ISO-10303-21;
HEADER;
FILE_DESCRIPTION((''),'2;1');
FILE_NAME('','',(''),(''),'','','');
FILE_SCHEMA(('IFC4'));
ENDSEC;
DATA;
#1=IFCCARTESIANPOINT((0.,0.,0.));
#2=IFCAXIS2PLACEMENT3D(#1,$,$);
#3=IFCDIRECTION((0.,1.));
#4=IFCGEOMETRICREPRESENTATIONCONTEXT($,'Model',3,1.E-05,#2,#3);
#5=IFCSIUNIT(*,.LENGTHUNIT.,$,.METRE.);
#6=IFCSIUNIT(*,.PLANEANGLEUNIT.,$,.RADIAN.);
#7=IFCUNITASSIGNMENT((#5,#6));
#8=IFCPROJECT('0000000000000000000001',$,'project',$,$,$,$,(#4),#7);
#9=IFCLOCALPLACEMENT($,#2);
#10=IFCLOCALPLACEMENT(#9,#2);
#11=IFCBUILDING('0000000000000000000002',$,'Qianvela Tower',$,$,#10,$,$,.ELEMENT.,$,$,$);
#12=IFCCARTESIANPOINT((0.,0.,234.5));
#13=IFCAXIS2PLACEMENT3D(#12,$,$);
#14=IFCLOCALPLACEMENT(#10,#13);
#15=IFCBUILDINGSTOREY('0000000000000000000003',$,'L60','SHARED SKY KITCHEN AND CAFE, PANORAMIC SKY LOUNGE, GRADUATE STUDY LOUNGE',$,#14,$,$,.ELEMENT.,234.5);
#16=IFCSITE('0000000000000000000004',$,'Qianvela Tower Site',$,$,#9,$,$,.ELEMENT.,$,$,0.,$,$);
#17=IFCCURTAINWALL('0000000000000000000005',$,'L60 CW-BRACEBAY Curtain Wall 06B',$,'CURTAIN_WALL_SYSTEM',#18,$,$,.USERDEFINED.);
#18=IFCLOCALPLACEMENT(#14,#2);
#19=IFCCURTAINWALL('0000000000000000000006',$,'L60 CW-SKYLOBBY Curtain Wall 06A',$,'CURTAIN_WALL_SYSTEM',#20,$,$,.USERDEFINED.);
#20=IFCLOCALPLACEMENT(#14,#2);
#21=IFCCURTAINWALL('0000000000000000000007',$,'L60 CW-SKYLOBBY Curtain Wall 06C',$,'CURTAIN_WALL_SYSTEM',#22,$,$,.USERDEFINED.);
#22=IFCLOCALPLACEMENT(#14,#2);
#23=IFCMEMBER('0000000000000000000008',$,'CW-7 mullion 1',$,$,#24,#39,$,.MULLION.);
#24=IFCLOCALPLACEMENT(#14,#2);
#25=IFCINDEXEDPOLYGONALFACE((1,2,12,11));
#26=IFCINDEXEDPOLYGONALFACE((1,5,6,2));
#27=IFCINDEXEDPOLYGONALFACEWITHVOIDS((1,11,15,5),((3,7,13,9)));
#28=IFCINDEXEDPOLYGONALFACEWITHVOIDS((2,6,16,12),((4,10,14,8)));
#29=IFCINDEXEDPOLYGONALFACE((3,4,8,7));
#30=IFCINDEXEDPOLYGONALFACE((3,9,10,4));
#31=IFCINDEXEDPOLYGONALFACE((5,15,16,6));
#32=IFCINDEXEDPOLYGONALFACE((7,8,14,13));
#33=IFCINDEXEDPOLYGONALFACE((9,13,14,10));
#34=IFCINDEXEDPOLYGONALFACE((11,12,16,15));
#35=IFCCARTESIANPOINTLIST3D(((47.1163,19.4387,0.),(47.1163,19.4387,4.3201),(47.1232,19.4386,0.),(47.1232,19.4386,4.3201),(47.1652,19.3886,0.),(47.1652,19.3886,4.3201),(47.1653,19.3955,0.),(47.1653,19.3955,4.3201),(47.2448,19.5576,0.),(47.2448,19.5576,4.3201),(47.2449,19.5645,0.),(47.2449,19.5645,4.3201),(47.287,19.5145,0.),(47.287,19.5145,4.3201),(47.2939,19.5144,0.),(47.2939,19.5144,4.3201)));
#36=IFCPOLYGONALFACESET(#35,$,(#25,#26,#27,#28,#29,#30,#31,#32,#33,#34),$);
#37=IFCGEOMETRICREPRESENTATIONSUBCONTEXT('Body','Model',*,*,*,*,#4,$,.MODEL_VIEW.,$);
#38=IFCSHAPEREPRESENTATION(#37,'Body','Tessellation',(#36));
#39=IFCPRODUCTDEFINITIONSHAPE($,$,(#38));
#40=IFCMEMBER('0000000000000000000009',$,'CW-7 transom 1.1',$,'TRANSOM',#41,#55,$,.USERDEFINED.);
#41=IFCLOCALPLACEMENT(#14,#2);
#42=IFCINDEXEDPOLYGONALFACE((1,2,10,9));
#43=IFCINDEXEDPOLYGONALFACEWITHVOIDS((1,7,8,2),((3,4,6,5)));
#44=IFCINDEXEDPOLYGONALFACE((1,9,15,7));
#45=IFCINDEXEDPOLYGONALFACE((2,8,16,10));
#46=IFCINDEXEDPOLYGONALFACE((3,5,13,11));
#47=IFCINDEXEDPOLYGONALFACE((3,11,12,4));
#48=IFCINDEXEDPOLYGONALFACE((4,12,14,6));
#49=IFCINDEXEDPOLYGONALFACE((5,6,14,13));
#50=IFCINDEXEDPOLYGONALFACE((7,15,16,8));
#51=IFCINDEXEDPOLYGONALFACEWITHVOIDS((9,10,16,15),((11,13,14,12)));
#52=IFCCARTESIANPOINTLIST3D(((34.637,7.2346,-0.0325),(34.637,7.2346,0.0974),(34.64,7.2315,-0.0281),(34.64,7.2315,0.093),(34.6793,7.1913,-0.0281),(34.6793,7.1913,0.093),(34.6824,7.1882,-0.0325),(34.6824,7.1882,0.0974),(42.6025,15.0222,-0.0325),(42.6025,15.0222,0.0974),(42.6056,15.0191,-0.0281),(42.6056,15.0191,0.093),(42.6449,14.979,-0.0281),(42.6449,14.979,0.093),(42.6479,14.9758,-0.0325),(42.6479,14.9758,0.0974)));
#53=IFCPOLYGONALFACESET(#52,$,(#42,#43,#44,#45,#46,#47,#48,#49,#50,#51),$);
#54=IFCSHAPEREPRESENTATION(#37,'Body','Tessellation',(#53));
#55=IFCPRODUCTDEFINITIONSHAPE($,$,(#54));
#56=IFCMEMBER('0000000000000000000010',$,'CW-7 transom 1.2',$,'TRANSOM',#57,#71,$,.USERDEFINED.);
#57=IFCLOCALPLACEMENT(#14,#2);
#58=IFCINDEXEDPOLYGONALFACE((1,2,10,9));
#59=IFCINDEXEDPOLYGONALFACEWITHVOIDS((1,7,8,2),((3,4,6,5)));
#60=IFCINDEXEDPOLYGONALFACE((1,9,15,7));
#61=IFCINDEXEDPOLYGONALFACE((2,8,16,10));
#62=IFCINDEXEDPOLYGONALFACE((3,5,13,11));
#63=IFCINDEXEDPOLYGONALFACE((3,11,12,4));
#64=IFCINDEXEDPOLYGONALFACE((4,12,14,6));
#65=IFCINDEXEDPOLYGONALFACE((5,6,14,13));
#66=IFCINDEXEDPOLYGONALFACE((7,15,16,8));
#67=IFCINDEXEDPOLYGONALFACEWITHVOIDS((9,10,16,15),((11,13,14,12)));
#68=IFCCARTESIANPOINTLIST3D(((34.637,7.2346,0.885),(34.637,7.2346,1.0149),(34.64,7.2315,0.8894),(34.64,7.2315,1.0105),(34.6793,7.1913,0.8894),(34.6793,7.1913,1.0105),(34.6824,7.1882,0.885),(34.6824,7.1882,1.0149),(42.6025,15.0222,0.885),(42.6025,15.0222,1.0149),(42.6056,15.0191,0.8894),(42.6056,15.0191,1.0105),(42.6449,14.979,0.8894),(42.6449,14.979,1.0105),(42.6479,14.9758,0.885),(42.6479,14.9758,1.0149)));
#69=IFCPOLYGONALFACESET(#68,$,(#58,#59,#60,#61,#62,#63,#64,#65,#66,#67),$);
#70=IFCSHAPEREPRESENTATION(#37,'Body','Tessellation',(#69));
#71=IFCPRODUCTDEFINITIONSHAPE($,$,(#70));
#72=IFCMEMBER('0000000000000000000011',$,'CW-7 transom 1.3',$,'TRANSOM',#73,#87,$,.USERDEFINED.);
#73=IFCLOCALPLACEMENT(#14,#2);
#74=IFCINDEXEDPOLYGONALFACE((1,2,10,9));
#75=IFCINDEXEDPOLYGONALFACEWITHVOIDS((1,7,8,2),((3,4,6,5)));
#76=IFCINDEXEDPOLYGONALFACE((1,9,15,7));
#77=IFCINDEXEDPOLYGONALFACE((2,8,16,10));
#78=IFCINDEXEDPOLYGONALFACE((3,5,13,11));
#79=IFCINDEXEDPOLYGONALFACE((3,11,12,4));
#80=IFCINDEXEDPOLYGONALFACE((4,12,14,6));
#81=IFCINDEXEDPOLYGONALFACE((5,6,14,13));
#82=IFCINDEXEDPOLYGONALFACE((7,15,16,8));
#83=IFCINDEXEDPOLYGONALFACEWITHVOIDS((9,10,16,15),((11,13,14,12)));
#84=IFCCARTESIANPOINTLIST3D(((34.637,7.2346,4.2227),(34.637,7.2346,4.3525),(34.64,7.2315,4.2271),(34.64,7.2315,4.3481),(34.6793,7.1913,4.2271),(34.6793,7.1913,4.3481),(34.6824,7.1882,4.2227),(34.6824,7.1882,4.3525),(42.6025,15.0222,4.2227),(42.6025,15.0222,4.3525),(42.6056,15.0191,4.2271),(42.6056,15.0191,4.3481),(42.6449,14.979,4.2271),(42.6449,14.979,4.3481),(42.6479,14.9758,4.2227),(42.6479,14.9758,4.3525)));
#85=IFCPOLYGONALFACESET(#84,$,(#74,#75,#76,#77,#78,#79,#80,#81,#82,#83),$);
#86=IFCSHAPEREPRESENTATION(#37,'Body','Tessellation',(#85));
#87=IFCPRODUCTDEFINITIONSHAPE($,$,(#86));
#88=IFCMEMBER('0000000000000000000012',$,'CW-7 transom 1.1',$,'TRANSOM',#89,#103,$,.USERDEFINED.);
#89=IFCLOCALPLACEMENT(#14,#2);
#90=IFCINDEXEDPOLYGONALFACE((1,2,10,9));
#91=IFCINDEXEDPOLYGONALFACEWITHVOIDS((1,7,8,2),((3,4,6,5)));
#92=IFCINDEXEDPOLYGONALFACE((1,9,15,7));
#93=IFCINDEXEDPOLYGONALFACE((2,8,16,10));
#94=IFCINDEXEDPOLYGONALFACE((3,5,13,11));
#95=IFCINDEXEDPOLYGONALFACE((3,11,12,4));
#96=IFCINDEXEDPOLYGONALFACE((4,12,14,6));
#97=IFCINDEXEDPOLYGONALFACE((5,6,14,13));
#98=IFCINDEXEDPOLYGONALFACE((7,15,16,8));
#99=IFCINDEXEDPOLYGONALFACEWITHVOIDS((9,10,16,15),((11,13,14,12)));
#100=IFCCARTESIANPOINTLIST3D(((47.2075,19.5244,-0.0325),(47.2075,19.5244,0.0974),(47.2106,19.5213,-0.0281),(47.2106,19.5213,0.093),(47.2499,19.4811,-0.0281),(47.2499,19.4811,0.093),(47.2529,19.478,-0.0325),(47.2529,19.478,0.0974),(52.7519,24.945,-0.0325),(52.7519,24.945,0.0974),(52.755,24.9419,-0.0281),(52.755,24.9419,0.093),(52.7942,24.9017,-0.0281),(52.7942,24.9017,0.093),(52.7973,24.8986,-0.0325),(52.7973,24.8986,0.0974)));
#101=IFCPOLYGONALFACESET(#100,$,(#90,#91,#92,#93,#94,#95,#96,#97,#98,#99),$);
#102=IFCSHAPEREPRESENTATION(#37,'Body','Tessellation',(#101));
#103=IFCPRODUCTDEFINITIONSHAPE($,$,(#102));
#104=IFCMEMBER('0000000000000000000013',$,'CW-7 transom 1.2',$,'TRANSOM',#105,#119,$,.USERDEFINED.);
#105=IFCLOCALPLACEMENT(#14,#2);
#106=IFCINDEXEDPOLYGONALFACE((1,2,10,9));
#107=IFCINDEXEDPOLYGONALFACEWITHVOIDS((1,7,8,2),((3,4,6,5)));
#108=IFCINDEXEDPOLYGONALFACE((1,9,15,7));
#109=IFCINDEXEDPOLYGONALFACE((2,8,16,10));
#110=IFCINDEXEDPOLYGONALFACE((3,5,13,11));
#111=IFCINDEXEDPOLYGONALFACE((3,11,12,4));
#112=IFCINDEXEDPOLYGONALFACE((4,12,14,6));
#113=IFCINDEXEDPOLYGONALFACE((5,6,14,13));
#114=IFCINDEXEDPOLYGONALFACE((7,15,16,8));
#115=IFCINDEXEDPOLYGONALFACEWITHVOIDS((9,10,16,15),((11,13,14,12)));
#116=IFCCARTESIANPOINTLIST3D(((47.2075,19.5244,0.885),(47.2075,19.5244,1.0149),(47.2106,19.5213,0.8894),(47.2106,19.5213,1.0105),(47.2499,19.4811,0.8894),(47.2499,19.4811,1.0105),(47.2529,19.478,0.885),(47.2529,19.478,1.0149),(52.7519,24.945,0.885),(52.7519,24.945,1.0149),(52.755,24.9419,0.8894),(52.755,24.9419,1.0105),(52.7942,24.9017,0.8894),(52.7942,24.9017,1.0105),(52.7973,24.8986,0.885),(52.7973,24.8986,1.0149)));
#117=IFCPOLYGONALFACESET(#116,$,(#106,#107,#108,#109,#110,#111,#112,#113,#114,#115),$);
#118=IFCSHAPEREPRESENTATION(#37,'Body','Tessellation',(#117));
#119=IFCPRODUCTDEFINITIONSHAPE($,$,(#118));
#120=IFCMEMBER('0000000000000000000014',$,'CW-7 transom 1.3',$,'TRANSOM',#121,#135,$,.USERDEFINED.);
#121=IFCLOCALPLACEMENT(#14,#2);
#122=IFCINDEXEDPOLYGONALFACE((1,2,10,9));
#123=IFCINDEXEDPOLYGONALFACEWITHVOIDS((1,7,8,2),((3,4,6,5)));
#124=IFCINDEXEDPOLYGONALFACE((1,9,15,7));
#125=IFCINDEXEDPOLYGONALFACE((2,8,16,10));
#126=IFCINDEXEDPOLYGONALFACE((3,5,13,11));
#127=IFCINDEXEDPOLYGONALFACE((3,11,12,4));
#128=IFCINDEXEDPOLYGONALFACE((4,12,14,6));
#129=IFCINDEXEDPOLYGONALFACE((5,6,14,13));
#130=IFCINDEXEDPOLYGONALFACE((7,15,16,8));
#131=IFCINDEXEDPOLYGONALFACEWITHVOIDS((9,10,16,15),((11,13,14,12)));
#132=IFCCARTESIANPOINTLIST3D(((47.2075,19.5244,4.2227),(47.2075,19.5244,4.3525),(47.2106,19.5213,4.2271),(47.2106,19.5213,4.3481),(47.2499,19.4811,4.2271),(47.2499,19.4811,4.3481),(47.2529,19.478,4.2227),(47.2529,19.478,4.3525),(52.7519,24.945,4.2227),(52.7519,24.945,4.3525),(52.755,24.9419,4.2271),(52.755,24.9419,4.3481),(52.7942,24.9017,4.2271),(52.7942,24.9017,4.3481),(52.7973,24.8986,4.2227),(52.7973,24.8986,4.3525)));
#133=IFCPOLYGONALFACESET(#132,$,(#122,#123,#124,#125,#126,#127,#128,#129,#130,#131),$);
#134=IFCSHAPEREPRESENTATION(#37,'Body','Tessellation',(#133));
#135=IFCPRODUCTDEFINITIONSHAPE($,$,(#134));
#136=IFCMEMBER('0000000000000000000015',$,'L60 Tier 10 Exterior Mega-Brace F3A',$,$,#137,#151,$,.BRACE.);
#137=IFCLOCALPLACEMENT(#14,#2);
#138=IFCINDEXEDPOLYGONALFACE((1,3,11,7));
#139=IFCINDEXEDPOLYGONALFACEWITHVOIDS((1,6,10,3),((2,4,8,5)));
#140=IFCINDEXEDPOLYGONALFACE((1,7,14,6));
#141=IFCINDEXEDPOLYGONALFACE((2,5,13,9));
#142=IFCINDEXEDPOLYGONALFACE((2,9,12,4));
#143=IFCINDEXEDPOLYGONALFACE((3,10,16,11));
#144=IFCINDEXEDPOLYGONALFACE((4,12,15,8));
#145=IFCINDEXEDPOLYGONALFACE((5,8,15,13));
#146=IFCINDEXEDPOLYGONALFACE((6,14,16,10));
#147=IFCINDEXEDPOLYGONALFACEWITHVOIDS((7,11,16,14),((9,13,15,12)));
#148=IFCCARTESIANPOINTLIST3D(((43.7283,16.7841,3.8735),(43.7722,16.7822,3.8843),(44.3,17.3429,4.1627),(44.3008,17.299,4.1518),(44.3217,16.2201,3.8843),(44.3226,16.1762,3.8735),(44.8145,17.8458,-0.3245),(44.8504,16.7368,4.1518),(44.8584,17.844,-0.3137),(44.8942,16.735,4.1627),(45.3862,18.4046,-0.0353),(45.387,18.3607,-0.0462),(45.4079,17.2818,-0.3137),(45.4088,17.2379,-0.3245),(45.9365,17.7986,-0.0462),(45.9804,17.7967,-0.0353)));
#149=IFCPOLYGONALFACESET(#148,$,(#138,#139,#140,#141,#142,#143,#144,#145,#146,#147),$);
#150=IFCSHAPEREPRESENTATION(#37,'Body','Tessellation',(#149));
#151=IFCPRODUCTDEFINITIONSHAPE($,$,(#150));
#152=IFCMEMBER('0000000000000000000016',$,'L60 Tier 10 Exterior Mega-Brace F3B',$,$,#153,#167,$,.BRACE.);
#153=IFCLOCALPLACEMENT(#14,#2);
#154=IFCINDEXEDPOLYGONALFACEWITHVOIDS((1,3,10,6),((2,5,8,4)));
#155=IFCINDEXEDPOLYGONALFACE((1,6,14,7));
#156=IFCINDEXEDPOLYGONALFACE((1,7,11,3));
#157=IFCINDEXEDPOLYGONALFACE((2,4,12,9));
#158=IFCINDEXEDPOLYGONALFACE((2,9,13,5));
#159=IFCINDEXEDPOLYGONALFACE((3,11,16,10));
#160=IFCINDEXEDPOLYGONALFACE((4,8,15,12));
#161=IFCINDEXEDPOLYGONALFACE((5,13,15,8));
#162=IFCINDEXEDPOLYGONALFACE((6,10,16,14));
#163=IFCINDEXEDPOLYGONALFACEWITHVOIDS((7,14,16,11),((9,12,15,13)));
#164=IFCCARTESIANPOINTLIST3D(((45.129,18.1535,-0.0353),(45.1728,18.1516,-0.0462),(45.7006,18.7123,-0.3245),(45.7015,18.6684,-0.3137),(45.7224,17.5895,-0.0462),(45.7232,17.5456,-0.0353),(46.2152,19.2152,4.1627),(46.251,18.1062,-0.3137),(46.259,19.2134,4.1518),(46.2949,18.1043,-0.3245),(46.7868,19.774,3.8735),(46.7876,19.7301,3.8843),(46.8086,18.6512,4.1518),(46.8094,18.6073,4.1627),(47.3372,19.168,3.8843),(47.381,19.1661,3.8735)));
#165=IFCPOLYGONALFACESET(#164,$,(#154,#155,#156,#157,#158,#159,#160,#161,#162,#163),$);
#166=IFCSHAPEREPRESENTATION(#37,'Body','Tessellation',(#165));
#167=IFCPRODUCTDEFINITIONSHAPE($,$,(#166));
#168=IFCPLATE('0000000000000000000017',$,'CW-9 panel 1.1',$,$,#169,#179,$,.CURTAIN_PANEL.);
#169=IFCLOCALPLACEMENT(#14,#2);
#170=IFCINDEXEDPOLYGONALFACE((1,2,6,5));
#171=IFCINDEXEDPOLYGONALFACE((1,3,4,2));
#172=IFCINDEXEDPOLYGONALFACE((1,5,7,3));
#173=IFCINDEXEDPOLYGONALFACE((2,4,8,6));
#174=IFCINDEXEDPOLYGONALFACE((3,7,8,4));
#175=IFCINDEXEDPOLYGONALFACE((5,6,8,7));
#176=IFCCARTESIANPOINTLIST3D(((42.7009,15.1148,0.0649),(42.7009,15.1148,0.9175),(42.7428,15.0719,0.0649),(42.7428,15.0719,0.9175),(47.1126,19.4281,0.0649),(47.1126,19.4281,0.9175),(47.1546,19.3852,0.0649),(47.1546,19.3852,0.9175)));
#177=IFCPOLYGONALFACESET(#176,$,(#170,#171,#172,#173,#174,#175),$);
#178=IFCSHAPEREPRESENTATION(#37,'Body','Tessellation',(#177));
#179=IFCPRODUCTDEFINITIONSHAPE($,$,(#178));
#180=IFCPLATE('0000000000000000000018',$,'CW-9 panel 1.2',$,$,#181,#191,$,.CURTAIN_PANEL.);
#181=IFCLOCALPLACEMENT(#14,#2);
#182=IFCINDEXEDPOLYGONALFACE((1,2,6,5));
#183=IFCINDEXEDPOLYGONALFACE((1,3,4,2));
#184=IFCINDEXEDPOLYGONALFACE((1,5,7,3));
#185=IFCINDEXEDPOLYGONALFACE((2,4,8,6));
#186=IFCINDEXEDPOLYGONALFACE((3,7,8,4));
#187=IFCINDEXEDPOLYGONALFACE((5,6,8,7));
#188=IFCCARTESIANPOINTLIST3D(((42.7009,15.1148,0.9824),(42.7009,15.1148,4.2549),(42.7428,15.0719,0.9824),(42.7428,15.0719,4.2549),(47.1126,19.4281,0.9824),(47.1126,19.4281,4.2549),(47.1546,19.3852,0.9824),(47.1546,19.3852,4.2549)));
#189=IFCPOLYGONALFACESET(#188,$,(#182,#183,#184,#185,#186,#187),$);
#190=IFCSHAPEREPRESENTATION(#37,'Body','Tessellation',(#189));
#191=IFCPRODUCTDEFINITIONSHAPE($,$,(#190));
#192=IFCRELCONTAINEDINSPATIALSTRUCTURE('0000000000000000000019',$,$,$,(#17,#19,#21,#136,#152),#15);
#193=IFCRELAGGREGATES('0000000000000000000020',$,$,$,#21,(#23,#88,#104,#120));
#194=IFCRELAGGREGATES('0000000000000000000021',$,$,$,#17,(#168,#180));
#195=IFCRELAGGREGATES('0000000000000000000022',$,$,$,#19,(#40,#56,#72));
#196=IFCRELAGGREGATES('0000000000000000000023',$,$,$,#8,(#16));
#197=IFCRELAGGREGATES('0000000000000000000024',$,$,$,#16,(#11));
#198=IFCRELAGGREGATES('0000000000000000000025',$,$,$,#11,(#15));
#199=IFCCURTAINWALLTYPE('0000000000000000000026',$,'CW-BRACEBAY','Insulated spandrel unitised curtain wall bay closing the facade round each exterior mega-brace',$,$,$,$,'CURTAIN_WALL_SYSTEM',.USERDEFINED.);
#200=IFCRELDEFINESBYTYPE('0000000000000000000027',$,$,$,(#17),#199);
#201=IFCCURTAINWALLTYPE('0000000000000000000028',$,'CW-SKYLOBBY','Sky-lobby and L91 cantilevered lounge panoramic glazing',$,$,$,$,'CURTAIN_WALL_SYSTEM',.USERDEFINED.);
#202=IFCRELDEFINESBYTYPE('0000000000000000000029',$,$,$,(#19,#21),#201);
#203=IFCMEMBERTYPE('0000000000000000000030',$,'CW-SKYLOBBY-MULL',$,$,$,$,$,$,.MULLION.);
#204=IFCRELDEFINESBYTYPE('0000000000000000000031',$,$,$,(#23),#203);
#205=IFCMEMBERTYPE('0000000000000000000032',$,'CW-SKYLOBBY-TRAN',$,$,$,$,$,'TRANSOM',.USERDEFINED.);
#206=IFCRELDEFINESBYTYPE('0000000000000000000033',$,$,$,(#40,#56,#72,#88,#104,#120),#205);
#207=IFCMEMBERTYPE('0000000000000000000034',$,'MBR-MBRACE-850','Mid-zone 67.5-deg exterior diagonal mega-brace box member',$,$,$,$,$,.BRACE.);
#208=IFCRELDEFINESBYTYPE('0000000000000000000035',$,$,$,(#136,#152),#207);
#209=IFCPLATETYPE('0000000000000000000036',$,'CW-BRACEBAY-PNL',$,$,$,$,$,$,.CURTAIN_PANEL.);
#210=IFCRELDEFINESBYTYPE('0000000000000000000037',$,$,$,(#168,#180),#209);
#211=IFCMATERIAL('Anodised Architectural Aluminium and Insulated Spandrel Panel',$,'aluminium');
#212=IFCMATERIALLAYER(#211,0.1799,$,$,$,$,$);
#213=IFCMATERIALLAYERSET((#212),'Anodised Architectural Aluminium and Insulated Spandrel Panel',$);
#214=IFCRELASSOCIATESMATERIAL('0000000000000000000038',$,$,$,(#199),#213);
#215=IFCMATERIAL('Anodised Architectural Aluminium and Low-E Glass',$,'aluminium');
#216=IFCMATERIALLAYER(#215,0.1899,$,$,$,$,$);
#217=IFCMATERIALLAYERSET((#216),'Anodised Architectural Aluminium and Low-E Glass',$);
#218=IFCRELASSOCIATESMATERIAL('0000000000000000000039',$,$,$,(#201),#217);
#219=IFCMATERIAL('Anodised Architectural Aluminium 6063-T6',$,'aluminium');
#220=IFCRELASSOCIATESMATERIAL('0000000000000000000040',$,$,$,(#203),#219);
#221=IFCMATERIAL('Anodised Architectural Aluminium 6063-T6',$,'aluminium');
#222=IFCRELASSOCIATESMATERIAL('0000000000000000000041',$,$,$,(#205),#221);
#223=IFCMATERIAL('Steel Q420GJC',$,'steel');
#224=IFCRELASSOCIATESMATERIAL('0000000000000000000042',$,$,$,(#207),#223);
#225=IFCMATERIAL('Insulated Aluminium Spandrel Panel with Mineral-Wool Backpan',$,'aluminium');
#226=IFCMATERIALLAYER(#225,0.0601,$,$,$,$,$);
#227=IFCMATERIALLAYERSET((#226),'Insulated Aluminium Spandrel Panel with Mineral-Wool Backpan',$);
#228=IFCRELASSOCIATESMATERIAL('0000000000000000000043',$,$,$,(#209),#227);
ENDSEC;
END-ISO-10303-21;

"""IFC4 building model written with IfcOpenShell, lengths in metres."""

from ifc_helpers import new_model, si_unit, direction, frame, origin, origin_2d, place, context, subcontext, project, spatial, rectangle, hollow_rectangle, extrude, material, layer, layer_set, material_profile, profile_set, type_object, element, aggregate, save


model = new_model("IFC4")

# Units and contexts
model_context = context("Model", 3, precision=1e-05, world=origin(), true_north=direction((0.0, 1.0)))
body_context = subcontext(model_context, "Body", "Model", "MODEL_VIEW")
ifc_project = project(units=[si_unit("LENGTHUNIT", "METRE"), si_unit("PLANEANGLEUNIT", "RADIAN")], contexts=[model_context])

# Site, building, storey
site_placement = place(None, origin())
site = spatial("IfcSite", under=ifc_project, at=site_placement, Name="Qianvela Tower Site", CompositionType="ELEMENT", RefElevation=0.0)
building_placement = place(site_placement, origin())
building = spatial("IfcBuilding", under=site, at=building_placement, Name="Qianvela Tower", CompositionType="ELEMENT")
storey_placement = place(building_placement, frame((0.0, 0.0, 234.5)))
storey = spatial("IfcBuildingStorey", under=building, at=storey_placement, Name="L60", Description="SHARED SKY KITCHEN AND CAFE, PANORAMIC SKY LOUNGE, GRADUATE STUDY LOUNGE", CompositionType="ELEMENT", Elevation=234.5)

# Curtain walls
ifc_material_1 = material(Name="Anodised Architectural Aluminium and Insulated Spandrel Panel", Category="aluminium")
ifc_layer_1 = layer(ifc_material_1, 0.1799)
ifc_layer_set_1 = layer_set([ifc_layer_1], Name="Anodised Architectural Aluminium and Insulated Spandrel Panel")
curtain_wall_type_1 = type_object("IfcCurtainWallType", Name="CW-BRACEBAY", Description="Insulated spandrel unitised curtain wall bay closing the facade round each exterior mega-brace", ElementType="CURTAIN_WALL_SYSTEM", PredefinedType="USERDEFINED", material=ifc_layer_set_1)
curtain_wall_1_placement = place(storey_placement, origin())
curtain_wall_1 = element("IfcCurtainWall", 1, at=curtain_wall_1_placement, inside=storey, type_object=curtain_wall_type_1, Name="L60 CW-BRACEBAY Curtain Wall 06B", ObjectType="CURTAIN_WALL_SYSTEM", PredefinedType="USERDEFINED")
ifc_material_2 = material(Name="Anodised Architectural Aluminium and Low-E Glass", Category="aluminium")
ifc_layer_2 = layer(ifc_material_2, 0.1899)
ifc_layer_set_2 = layer_set([ifc_layer_2], Name="Anodised Architectural Aluminium and Low-E Glass")
curtain_wall_type_2 = type_object("IfcCurtainWallType", Name="CW-SKYLOBBY", Description="Sky-lobby and L91 cantilevered lounge panoramic glazing", ElementType="CURTAIN_WALL_SYSTEM", PredefinedType="USERDEFINED", material=ifc_layer_set_2)
curtain_wall_2_placement = place(storey_placement, origin())
curtain_wall_2 = element("IfcCurtainWall", 2, at=curtain_wall_2_placement, inside=storey, type_object=curtain_wall_type_2, Name="L60 CW-SKYLOBBY Curtain Wall 06A", ObjectType="CURTAIN_WALL_SYSTEM", PredefinedType="USERDEFINED")
ifc_material_3 = material(Name="Anodised Architectural Aluminium 6063-T6", Category="aluminium")
ifc_material_profile_1 = material_profile(ifc_material_3, hollow_rectangle(XDim=0.0701, YDim=0.1799, WallThickness=0.0049, at=origin_2d()), Name="ALU-MULL-70x180")
ifc_profile_set_1 = profile_set([ifc_material_profile_1], Name="Anodised Architectural Aluminium 6063-T6")
member_type_1 = type_object("IfcMemberType", Name="CW-SKYLOBBY-MULL", PredefinedType="MULLION", material=ifc_profile_set_1)

# Curtain wall, member
curtain_wall_3_placement = place(storey_placement, origin())
curtain_wall_3 = element("IfcCurtainWall", 3, at=curtain_wall_3_placement, inside=storey, type_object=curtain_wall_type_2, Name="L60 CW-SKYLOBBY Curtain Wall 06C", ObjectType="CURTAIN_WALL_SYSTEM", PredefinedType="USERDEFINED")
member_1_placement = place(storey_placement, frame((47.2051, 19.4766, 0.0), z_axis=(0.0, 0.0, 1.0), x_axis=(-0.699077, 0.715046, 0.0)))
member_1 = element("IfcMember", 4, at=member_1_placement, type_object=member_type_1, Name="CW-7 mullion 1", PredefinedType="MULLION", context=body_context, shape_type="SweptSolid", body=[
    extrude(hollow_rectangle(XDim=0.0701, YDim=0.1799, WallThickness=0.0049, at=origin_2d()), origin(), (0.0, 0.0, 1.0), 4.3201),
])

# Members
ifc_material_4 = material(Name="Anodised Architectural Aluminium 6063-T6", Category="aluminium")
ifc_material_profile_2 = material_profile(ifc_material_4, hollow_rectangle(XDim=0.0649, YDim=0.1299, WallThickness=0.0044, at=origin_2d()), Name="ALU-TRAN-65x130")
ifc_profile_set_2 = profile_set([ifc_material_profile_2], Name="Anodised Architectural Aluminium 6063-T6")
member_type_2 = type_object("IfcMemberType", Name="CW-SKYLOBBY-TRAN", ElementType="TRANSOM", PredefinedType="USERDEFINED", material=ifc_profile_set_2)
member_2_placement = place(storey_placement, frame((34.6597, 7.2114, 0.0325), z_axis=(0.71505, 0.699073, 0.0), x_axis=(-0.699073, 0.71505, 0.0)))
member_2 = element("IfcMember", 5, at=member_2_placement, type_object=member_type_2, Name="CW-7 transom 1.1", ObjectType="TRANSOM", PredefinedType="USERDEFINED", context=body_context, shape_type="SweptSolid", body=[
    extrude(hollow_rectangle(XDim=0.0649, YDim=0.1299, WallThickness=0.0044, at=origin_2d()), origin(), (0.0, 0.0, 1.0), 11.1399),
])
member_3_placement = place(storey_placement, frame((34.6597, 7.2114, 0.95), z_axis=(0.71505, 0.699073, 0.0), x_axis=(-0.699073, 0.71505, 0.0)))
member_3 = element("IfcMember", 6, at=member_3_placement, type_object=member_type_2, Name="CW-7 transom 1.2", ObjectType="TRANSOM", PredefinedType="USERDEFINED", context=body_context, shape_type="SweptSolid", body=[
    extrude(hollow_rectangle(XDim=0.0649, YDim=0.1299, WallThickness=0.0044, at=origin_2d()), origin(), (0.0, 0.0, 1.0), 11.1399),
])
member_4_placement = place(storey_placement, frame((34.6597, 7.2114, 4.2876), z_axis=(0.71505, 0.699073, 0.0), x_axis=(-0.699073, 0.71505, 0.0)))
member_4 = element("IfcMember", 7, at=member_4_placement, type_object=member_type_2, Name="CW-7 transom 1.3", ObjectType="TRANSOM", PredefinedType="USERDEFINED", context=body_context, shape_type="SweptSolid", body=[
    extrude(hollow_rectangle(XDim=0.0649, YDim=0.1299, WallThickness=0.0044, at=origin_2d()), origin(), (0.0, 0.0, 1.0), 11.1399),
])
member_5_placement = place(storey_placement, frame((47.2302, 19.5012, 0.0325), z_axis=(0.715043, 0.69908, 0.0), x_axis=(-0.69908, 0.715043, 0.0)))
member_5 = element("IfcMember", 8, at=member_5_placement, type_object=member_type_2, Name="CW-7 transom 1.1", ObjectType="TRANSOM", PredefinedType="USERDEFINED", context=body_context, shape_type="SweptSolid", body=[
    extrude(hollow_rectangle(XDim=0.0649, YDim=0.1299, WallThickness=0.0044, at=origin_2d()), origin(), (0.0, 0.0, 1.0), 7.7539),
])
member_6_placement = place(storey_placement, frame((47.2302, 19.5012, 0.95), z_axis=(0.715043, 0.69908, 0.0), x_axis=(-0.69908, 0.715043, 0.0)))
member_6 = element("IfcMember", 9, at=member_6_placement, type_object=member_type_2, Name="CW-7 transom 1.2", ObjectType="TRANSOM", PredefinedType="USERDEFINED", context=body_context, shape_type="SweptSolid", body=[
    extrude(hollow_rectangle(XDim=0.0649, YDim=0.1299, WallThickness=0.0044, at=origin_2d()), origin(), (0.0, 0.0, 1.0), 7.7539),
])
member_7_placement = place(storey_placement, frame((47.2302, 19.5012, 4.2876), z_axis=(0.715043, 0.69908, 0.0), x_axis=(-0.69908, 0.715043, 0.0)))
member_7 = element("IfcMember", 10, at=member_7_placement, type_object=member_type_2, Name="CW-7 transom 1.3", ObjectType="TRANSOM", PredefinedType="USERDEFINED", context=body_context, shape_type="SweptSolid", body=[
    extrude(hollow_rectangle(XDim=0.0649, YDim=0.1299, WallThickness=0.0044, at=origin_2d()), origin(), (0.0, 0.0, 1.0), 7.7539),
])
aggregate(curtain_wall_3, [member_1, member_5, member_6, member_7])

# Members
ifc_material_5 = material(Name="Steel Q420GJC", Category="steel")
ifc_material_profile_3 = material_profile(ifc_material_5, hollow_rectangle(XDim=0.8501, YDim=0.8501, WallThickness=0.032, at=origin_2d()), Name="MBOX-850x850x32")
ifc_profile_set_3 = profile_set([ifc_material_profile_3], Name="Steel Q420GJC")
member_type_3 = type_object("IfcMemberType", Name="MBR-MBRACE-850", Description="Mid-zone 67.5-deg exterior diagonal mega-brace box member", PredefinedType="BRACE", material=ifc_profile_set_3)
for number, where, z_axis, x_axis, name in (
    (11, (45.3975, 17.8213, -0.1799), (-0.243302, -0.237833, 0.94034), (0.699024, -0.715098, 0.0), "L60 Tier 10 Exterior Mega-Brace F3A"),
    (12, (45.7119, 18.1289, -0.1799), (0.243302, 0.237833, 0.94034), (-0.699024, 0.715098, 0.0), "L60 Tier 10 Exterior Mega-Brace F3B"),
):
    element("IfcMember", number, at=place(storey_placement, frame(where, z_axis=z_axis, x_axis=x_axis)), inside=storey, type_object=member_type_3, Name=name, PredefinedType="BRACE", context=body_context, shape_type="SweptSolid", body=[
        extrude(hollow_rectangle(XDim=0.8501, YDim=0.8501, WallThickness=0.032, at=origin_2d()), origin(), (0.0, 0.0, 1.0), 4.4644),
    ])

# Plates
ifc_material_6 = material(Name="Insulated Aluminium Spandrel Panel with Mineral-Wool Backpan", Category="aluminium")
ifc_layer_3 = layer(ifc_material_6, 0.0601)
ifc_layer_set_3 = layer_set([ifc_layer_3], Name="Insulated Aluminium Spandrel Panel with Mineral-Wool Backpan")
plate_type_1 = type_object("IfcPlateType", Name="CW-BRACEBAY-PNL", PredefinedType="CURTAIN_PANEL", material=ifc_layer_set_3)
plate_1_placement = place(storey_placement, frame((44.9277, 17.25, 0.0649), z_axis=(0.0, 0.0, 1.0), x_axis=(0.715046, 0.699078, 0.0)))
plate_1 = element("IfcPlate", 13, at=plate_1_placement, type_object=plate_type_1, Name="CW-9 panel 1.1", PredefinedType="CURTAIN_PANEL", context=body_context, shape_type="SweptSolid", body=[
    extrude(rectangle(XDim=6.1699, YDim=0.0601, at=origin_2d()), origin(), (0.0, 0.0, 1.0), 0.8525),
])
plate_2_placement = place(storey_placement, frame((44.9277, 17.25, 0.9824), z_axis=(0.0, 0.0, 1.0), x_axis=(0.715046, 0.699078, 0.0)))
plate_2 = element("IfcPlate", 14, at=plate_2_placement, type_object=plate_type_1, Name="CW-9 panel 1.2", PredefinedType="CURTAIN_PANEL", context=body_context, shape_type="SweptSolid", body=[
    extrude(rectangle(XDim=6.1699, YDim=0.0601, at=origin_2d()), origin(), (0.0, 0.0, 1.0), 3.2725),
])
aggregate(curtain_wall_1, [plate_1, plate_2])
aggregate(curtain_wall_2, [member_2, member_3, member_4])

save(model, "model.ifc")
